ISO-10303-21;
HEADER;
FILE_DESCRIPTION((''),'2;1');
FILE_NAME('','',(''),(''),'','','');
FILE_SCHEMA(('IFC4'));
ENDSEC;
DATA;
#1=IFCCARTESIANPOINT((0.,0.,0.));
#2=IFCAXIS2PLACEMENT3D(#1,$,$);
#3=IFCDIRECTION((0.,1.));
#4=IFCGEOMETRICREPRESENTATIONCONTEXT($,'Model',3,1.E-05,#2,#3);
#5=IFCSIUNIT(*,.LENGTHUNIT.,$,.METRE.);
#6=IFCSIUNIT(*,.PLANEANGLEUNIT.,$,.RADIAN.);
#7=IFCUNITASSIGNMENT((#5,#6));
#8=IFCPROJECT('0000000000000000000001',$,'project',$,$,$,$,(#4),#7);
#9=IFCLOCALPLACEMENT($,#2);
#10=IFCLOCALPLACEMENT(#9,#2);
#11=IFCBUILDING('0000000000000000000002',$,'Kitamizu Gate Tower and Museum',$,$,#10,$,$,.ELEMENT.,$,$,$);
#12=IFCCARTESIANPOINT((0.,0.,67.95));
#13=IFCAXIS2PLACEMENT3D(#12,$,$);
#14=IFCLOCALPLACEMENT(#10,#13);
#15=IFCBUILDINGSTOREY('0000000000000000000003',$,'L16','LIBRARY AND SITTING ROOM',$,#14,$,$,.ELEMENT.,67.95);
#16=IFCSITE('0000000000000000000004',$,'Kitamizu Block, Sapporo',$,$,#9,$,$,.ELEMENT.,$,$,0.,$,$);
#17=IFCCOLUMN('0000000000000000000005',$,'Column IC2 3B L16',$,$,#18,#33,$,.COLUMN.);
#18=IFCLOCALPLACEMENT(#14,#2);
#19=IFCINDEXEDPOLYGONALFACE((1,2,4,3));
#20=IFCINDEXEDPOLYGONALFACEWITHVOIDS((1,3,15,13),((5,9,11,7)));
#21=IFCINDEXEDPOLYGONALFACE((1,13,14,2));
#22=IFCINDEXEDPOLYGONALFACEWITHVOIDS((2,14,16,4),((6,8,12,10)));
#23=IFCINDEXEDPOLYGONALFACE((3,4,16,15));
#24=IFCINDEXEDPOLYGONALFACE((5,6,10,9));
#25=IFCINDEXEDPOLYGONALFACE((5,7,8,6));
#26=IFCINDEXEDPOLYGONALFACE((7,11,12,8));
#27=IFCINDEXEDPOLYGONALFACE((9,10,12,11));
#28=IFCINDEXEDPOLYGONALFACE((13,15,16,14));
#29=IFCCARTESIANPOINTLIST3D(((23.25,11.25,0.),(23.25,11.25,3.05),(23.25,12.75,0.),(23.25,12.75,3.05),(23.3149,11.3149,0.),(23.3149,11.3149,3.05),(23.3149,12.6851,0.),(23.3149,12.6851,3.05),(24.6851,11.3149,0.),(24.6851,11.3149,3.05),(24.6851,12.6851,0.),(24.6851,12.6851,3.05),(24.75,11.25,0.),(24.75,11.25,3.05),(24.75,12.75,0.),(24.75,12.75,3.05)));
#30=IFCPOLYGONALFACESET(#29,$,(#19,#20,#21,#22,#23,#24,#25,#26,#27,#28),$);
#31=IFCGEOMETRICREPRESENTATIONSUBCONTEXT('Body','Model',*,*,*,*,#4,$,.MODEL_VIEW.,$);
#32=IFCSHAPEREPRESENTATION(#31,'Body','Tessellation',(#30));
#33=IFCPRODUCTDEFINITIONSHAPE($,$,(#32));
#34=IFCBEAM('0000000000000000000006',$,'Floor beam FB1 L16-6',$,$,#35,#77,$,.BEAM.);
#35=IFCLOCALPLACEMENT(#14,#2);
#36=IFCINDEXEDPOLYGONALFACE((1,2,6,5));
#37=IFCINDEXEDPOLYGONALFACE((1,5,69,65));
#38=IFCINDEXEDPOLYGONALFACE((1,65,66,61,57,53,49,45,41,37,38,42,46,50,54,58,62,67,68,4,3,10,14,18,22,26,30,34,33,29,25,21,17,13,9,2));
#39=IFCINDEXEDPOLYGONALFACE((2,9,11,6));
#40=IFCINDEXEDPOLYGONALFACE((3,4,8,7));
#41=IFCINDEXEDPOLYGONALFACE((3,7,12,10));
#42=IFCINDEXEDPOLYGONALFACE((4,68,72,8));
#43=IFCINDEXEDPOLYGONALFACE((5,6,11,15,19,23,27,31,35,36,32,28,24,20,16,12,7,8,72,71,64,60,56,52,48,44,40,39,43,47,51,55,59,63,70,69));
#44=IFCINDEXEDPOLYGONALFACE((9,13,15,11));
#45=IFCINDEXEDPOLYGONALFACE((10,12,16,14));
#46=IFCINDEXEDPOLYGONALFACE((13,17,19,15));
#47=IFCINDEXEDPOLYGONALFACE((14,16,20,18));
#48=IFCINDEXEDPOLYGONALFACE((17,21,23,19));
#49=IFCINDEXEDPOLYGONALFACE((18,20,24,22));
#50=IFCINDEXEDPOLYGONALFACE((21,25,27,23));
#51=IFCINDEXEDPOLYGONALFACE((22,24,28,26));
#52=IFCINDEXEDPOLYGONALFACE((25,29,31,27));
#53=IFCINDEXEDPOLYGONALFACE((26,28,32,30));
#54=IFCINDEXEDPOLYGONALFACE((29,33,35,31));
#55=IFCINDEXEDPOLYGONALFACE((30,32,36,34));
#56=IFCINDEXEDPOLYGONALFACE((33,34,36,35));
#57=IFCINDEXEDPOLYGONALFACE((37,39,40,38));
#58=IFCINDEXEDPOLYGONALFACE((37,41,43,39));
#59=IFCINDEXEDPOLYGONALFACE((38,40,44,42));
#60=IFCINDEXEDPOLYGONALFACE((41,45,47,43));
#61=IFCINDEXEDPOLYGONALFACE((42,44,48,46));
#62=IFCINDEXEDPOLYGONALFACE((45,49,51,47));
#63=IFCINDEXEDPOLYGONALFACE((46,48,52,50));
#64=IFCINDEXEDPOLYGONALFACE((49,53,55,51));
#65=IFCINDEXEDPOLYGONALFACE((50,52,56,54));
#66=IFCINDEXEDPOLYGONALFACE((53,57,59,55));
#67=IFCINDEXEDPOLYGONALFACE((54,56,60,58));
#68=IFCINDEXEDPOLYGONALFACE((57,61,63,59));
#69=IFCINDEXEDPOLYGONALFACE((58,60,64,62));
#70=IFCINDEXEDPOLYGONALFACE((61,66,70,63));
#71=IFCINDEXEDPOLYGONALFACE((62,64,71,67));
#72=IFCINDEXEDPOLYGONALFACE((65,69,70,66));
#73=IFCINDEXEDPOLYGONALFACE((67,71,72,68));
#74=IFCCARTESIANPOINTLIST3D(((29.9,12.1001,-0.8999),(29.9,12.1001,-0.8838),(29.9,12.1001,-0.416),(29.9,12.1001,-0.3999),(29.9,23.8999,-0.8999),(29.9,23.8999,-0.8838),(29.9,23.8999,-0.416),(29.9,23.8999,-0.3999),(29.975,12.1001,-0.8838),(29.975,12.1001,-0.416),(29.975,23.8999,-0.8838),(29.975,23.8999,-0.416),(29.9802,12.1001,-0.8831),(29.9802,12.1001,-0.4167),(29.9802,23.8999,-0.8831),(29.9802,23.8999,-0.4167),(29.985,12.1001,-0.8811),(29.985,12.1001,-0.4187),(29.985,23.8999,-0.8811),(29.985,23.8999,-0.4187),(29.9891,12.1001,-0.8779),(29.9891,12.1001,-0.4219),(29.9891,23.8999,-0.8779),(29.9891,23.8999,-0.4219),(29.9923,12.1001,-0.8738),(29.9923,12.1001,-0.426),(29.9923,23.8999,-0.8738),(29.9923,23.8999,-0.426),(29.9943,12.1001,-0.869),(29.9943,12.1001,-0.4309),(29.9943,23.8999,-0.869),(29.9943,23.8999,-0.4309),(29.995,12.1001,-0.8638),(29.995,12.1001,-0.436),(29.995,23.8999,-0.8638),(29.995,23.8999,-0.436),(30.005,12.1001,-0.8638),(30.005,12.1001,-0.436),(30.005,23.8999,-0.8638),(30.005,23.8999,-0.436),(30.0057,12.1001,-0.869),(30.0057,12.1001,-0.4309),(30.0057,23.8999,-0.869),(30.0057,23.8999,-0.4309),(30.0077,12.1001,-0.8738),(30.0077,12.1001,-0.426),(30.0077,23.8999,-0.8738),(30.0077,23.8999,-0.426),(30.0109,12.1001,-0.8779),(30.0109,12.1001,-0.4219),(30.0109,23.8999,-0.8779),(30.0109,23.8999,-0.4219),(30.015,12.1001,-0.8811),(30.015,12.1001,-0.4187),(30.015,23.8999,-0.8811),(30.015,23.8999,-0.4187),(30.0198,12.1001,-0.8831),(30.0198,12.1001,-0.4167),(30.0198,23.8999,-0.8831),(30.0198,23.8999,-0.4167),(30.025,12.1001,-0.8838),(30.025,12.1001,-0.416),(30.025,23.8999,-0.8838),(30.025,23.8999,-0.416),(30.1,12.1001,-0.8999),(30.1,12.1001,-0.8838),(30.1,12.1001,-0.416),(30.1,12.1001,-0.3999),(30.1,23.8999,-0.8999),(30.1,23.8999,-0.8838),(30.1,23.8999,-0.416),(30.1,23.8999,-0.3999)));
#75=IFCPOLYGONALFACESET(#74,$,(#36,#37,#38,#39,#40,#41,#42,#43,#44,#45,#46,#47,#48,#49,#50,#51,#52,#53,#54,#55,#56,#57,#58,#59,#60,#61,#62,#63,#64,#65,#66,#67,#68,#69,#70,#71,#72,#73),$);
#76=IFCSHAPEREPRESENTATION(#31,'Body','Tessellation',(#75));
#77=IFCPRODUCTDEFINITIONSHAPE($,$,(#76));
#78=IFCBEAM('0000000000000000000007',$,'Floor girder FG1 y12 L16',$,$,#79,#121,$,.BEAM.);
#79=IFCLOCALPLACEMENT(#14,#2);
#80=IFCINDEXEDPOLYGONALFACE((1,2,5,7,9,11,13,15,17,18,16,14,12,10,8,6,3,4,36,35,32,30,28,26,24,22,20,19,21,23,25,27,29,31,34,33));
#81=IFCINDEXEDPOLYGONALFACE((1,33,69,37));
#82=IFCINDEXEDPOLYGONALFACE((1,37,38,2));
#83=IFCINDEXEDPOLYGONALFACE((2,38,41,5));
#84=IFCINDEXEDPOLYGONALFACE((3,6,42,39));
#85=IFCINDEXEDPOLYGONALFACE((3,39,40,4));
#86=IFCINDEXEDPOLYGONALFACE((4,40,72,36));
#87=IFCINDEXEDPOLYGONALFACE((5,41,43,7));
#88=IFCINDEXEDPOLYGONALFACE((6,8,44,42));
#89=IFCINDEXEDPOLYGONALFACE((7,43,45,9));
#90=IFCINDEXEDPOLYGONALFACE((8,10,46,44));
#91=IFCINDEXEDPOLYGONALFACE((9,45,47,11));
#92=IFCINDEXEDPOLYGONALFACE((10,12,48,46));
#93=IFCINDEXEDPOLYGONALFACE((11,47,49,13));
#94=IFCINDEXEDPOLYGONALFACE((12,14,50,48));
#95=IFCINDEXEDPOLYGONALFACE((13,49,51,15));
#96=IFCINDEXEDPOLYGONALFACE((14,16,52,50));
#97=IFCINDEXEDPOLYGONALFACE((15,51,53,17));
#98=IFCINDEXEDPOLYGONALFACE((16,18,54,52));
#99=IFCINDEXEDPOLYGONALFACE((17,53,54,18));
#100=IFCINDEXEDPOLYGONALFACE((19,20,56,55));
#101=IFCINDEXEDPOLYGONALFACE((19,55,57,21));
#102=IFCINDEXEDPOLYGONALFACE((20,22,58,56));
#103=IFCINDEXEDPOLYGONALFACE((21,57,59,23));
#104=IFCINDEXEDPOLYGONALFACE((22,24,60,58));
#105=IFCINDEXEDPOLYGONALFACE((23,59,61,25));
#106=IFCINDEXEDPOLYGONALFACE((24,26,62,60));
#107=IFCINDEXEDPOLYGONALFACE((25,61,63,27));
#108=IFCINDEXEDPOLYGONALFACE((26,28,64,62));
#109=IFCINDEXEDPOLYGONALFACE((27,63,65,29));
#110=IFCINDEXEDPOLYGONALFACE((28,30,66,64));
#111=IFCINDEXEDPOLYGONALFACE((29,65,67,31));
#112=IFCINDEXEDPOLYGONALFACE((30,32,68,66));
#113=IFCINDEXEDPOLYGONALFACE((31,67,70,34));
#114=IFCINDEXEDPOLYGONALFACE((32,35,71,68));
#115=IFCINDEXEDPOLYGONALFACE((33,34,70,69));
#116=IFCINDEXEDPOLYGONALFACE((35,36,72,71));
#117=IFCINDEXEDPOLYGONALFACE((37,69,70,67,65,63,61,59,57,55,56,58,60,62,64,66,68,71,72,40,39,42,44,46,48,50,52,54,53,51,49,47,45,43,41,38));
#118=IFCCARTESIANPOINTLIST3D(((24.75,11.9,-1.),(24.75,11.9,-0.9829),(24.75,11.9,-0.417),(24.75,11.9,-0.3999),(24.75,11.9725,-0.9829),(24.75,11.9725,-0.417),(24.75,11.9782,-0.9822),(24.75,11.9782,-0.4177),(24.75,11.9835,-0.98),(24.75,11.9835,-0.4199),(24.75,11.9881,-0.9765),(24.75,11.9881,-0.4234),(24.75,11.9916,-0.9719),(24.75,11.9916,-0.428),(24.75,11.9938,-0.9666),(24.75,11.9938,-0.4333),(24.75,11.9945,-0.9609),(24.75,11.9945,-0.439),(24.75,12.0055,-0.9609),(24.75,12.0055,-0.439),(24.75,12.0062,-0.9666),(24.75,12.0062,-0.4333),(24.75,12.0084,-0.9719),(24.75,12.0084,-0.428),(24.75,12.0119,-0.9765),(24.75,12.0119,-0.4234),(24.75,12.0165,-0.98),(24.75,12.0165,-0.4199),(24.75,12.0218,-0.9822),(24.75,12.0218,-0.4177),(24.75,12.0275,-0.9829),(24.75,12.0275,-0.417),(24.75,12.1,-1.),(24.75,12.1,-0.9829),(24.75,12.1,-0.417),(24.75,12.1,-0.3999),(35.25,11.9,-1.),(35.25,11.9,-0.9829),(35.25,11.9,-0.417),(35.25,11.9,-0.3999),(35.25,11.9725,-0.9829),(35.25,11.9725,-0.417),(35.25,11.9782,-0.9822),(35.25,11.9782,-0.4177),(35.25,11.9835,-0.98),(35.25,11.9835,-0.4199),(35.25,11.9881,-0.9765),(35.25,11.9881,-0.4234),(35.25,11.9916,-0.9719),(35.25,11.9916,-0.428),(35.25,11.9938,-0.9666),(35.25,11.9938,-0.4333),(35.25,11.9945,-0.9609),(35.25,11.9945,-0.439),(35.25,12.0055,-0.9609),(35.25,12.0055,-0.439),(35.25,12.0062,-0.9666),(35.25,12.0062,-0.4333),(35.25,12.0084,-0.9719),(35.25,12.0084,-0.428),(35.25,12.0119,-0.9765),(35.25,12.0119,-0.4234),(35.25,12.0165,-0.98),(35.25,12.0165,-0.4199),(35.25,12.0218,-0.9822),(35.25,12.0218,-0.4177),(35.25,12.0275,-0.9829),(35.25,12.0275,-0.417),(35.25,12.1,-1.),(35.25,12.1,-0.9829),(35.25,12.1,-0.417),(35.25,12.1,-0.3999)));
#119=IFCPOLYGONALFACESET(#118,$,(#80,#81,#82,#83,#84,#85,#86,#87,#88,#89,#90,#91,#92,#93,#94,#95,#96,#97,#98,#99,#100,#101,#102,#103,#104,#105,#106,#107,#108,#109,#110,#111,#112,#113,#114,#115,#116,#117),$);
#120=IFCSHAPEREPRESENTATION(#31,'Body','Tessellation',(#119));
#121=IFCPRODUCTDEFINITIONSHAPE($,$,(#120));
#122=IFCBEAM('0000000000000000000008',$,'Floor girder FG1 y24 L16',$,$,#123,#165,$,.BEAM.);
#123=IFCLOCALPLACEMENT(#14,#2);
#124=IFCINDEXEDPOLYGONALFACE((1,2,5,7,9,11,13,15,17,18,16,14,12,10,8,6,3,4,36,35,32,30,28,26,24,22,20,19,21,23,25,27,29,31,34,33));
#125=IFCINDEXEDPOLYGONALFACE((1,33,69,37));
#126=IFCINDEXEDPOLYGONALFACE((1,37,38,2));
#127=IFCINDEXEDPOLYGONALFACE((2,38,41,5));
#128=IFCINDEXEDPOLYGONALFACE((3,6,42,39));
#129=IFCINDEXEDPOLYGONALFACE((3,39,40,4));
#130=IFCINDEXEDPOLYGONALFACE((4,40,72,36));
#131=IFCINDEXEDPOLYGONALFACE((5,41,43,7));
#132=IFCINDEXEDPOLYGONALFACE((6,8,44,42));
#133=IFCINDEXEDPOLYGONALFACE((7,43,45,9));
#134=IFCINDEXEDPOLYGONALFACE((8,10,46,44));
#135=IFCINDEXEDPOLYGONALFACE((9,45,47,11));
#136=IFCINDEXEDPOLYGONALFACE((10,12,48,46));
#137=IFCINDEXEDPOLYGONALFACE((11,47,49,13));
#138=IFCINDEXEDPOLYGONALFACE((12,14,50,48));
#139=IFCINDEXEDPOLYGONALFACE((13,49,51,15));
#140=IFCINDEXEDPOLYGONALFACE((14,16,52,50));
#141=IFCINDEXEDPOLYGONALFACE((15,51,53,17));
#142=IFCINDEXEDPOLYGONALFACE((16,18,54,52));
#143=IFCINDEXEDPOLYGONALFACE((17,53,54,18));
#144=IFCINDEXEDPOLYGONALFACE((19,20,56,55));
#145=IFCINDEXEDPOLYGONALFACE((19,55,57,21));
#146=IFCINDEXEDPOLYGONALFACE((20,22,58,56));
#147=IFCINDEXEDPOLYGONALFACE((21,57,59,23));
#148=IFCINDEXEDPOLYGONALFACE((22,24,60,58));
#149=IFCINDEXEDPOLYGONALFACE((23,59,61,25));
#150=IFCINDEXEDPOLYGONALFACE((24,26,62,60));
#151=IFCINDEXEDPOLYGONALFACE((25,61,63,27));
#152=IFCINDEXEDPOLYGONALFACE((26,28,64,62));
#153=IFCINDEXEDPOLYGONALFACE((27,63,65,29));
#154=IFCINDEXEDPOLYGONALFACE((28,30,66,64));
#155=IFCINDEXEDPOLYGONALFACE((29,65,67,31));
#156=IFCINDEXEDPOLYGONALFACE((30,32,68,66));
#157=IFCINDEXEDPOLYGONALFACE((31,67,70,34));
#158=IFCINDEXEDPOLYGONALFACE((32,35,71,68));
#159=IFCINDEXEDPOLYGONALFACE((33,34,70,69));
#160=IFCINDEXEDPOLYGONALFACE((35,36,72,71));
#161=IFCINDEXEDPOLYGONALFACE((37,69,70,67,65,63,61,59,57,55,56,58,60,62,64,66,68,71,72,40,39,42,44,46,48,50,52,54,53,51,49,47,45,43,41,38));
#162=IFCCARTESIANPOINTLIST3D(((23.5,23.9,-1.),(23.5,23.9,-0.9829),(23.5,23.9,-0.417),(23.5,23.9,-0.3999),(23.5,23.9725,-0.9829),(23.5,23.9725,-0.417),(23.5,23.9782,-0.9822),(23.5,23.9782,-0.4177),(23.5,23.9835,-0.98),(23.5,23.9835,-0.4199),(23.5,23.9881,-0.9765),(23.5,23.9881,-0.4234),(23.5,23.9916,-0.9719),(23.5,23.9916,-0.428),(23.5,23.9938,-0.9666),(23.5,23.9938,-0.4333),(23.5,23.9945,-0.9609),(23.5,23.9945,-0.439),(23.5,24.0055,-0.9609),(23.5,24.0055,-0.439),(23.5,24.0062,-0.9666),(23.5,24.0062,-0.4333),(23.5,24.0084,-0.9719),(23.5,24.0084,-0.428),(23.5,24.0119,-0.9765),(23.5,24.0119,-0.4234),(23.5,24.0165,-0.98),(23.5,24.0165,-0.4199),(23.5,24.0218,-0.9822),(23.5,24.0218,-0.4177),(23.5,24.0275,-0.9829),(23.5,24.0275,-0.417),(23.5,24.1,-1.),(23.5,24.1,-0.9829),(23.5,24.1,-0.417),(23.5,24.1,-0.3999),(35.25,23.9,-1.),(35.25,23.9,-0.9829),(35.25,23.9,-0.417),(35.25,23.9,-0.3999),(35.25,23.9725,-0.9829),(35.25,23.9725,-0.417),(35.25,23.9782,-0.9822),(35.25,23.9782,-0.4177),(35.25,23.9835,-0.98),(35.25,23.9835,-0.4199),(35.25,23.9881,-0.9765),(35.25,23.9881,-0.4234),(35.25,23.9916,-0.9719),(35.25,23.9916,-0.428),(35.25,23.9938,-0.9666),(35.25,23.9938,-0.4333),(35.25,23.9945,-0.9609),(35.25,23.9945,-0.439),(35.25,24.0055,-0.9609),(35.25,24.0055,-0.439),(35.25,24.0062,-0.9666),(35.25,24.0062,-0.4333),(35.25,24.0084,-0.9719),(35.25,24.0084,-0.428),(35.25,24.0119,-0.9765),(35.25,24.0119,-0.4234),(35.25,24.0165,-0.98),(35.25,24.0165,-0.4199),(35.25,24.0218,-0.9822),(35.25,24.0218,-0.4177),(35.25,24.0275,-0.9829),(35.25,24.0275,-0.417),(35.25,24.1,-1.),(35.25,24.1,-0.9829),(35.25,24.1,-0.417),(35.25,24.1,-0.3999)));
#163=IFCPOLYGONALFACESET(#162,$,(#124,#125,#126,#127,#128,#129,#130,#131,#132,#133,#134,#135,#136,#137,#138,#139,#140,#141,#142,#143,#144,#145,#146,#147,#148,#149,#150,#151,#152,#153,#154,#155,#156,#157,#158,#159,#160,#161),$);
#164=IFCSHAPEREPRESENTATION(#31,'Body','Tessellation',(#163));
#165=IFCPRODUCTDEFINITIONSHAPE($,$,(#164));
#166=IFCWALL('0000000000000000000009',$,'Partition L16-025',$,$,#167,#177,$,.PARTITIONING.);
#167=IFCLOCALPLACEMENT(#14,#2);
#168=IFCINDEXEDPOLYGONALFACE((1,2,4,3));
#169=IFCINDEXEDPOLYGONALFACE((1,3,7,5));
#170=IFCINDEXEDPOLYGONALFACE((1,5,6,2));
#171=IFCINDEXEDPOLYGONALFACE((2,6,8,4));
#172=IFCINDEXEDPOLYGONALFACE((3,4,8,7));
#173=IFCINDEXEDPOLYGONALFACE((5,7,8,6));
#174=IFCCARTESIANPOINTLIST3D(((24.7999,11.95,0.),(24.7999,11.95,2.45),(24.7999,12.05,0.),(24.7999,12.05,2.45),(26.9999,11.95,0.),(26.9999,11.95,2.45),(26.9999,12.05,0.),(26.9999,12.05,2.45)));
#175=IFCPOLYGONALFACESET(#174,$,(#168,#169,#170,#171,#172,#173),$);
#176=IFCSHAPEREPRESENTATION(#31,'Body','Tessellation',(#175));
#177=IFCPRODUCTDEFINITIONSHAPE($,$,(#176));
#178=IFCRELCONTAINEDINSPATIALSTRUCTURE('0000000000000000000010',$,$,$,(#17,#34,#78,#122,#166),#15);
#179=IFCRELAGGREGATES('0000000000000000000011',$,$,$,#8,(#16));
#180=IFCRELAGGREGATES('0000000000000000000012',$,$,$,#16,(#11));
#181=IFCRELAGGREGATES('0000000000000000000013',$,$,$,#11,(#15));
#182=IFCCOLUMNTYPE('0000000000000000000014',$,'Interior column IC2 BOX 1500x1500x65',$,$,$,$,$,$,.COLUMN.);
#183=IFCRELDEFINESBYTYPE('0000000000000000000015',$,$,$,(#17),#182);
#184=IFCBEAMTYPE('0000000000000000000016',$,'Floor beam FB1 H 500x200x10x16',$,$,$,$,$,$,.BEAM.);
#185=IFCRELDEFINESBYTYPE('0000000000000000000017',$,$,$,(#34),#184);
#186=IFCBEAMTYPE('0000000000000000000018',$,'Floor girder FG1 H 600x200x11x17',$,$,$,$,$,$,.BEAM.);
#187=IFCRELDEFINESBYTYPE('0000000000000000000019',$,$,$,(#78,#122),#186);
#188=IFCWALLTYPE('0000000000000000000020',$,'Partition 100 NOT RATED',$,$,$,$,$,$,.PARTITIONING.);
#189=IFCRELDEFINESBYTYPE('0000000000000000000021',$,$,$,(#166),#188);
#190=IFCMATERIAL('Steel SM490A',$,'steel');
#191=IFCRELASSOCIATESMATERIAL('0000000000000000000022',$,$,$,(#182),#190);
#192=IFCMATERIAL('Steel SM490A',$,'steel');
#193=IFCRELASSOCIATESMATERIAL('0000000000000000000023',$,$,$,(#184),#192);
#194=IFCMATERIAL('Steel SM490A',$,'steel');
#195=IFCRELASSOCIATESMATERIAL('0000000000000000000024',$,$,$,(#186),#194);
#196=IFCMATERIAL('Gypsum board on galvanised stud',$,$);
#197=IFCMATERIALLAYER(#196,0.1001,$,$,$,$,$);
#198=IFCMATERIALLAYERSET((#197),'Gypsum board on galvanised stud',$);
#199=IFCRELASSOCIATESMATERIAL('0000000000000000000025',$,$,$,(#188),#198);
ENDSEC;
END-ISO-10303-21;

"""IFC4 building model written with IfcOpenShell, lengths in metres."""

from ifc_helpers import new_model, si_unit, direction, frame, frame_2d, origin, origin_2d, place, context, subcontext, project, spatial, rectangle, hollow_rectangle, i_section, extrude, material, layer, layer_set, material_profile, profile_set, type_object, element, save


model = new_model("IFC4")

# Units and contexts
model_context = context("Model", 3, precision=1e-05, world=origin(), true_north=direction((0.0, 1.0)))
body_context = subcontext(model_context, "Body", "Model", "MODEL_VIEW")
ifc_project = project(units=[si_unit("LENGTHUNIT", "METRE"), si_unit("PLANEANGLEUNIT", "RADIAN")], contexts=[model_context])

# Site, building, storey
site_placement = place(None, origin())
site = spatial("IfcSite", under=ifc_project, at=site_placement, Name="Kitamizu Block, Sapporo", CompositionType="ELEMENT", RefElevation=0.0)
building_placement = place(site_placement, origin())
building = spatial("IfcBuilding", under=site, at=building_placement, Name="Kitamizu Gate Tower and Museum", CompositionType="ELEMENT")
storey_placement = place(building_placement, frame((0.0, 0.0, 67.95)))
storey = spatial("IfcBuildingStorey", under=building, at=storey_placement, Name="L16", Description="LIBRARY AND SITTING ROOM", CompositionType="ELEMENT", Elevation=67.95)

# Column
ifc_material_1 = material(Name="Steel SM490A", Category="steel")
ifc_material_profile_1 = material_profile(ifc_material_1, hollow_rectangle(XDim=1.5, YDim=1.5, WallThickness=0.0649, at=origin_2d()), Name="BOX 1500x1500x65")
ifc_profile_set_1 = profile_set([ifc_material_profile_1], Name="Steel SM490A")
column_type = type_object("IfcColumnType", Name="Interior column IC2 BOX 1500x1500x65", PredefinedType="COLUMN", material=ifc_profile_set_1)
column_placement = place(storey_placement, frame((24.0, 12.0, 0.0), z_axis=(0.0, 0.0, 1.0), x_axis=(1.0, 0.0, 0.0)))
element("IfcColumn", 1, at=column_placement, inside=storey, type_object=column_type, Name="Column IC2 3B L16", PredefinedType="COLUMN", context=body_context, shape_type="SweptSolid", body=[
    extrude(hollow_rectangle(XDim=1.5, YDim=1.5, WallThickness=0.0649, at=origin_2d()), origin(), (0.0, 0.0, 1.0), 3.05),
])

# Beams
ifc_material_2 = material(Name="Steel SM490A", Category="steel")
ifc_material_profile_2 = material_profile(ifc_material_2, i_section(OverallWidth=0.2, OverallDepth=0.5, WebThickness=0.01, FlangeThickness=0.0161, FilletRadius=0.02, at=origin_2d()), Name="H-500x200x10x16")
ifc_profile_set_2 = profile_set([ifc_material_profile_2], Name="Steel SM490A")
beam_type_1 = type_object("IfcBeamType", Name="Floor beam FB1 H 500x200x10x16", PredefinedType="BEAM", material=ifc_profile_set_2)
beam_1_placement = place(storey_placement, frame((30.0, 12.1001, -0.6499), z_axis=(0.0, 1.0, 0.0), x_axis=(-1.0, 0.0, 0.0)))
element("IfcBeam", 2, at=beam_1_placement, inside=storey, type_object=beam_type_1, Name="Floor beam FB1 L16-6", PredefinedType="BEAM", context=body_context, shape_type="SweptSolid", body=[
    extrude(i_section(OverallWidth=0.2, OverallDepth=0.5, WebThickness=0.01, FlangeThickness=0.0161, FilletRadius=0.02, at=origin_2d()), origin(), (0.0, 0.0, 1.0), 11.7998),
])
ifc_material_3 = material(Name="Steel SM490A", Category="steel")
ifc_material_profile_3 = material_profile(ifc_material_3, i_section(OverallWidth=0.2, OverallDepth=0.6001, WebThickness=0.011, FlangeThickness=0.0171, FilletRadius=0.022, at=origin_2d()), Name="H-600x200x11x17")
ifc_profile_set_3 = profile_set([ifc_material_profile_3], Name="Steel SM490A")
beam_type_2 = type_object("IfcBeamType", Name="Floor girder FG1 H 600x200x11x17", PredefinedType="BEAM", material=ifc_profile_set_3)
beam_2_placement = place(storey_placement, frame((24.75, 12.0, -0.7), z_axis=(1.0, 0.0, 0.0), x_axis=(0.0, 1.0, 0.0)))
element("IfcBeam", 3, at=beam_2_placement, inside=storey, type_object=beam_type_2, Name="Floor girder FG1 y12 L16", PredefinedType="BEAM", context=body_context, shape_type="SweptSolid", body=[
    extrude(i_section(OverallWidth=0.2, OverallDepth=0.6001, WebThickness=0.011, FlangeThickness=0.0171, FilletRadius=0.022, at=origin_2d()), origin(), (0.0, 0.0, 1.0), 10.5),
])
beam_3_placement = place(storey_placement, frame((23.5, 24.0, -0.7), z_axis=(1.0, 0.0, 0.0), x_axis=(0.0, 1.0, 0.0)))
element("IfcBeam", 4, at=beam_3_placement, inside=storey, type_object=beam_type_2, Name="Floor girder FG1 y24 L16", PredefinedType="BEAM", context=body_context, shape_type="SweptSolid", body=[
    extrude(i_section(OverallWidth=0.2, OverallDepth=0.6001, WebThickness=0.011, FlangeThickness=0.0171, FilletRadius=0.022, at=origin_2d()), origin(), (0.0, 0.0, 1.0), 11.75),
])

# Wall
ifc_material_4 = material(Name="Gypsum board on galvanised stud")
ifc_layer_1 = layer(ifc_material_4, 0.1001)
ifc_layer_set_1 = layer_set([ifc_layer_1], Name="Gypsum board on galvanised stud")
wall_type_1 = type_object("IfcWallType", Name="Partition 100 NOT RATED", PredefinedType="PARTITIONING", material=ifc_layer_set_1)
wall_1_placement = place(storey_placement, frame((27.0, 12.0, 0.0), z_axis=(0.0, 0.0, 1.0), x_axis=(-1.0, 0.0, 0.0)))
element("IfcWall", 5, at=wall_1_placement, inside=storey, type_object=wall_type_1, Name="Partition L16-025", PredefinedType="PARTITIONING", context=body_context, shape_type="SweptSolid", body=[
    extrude(rectangle(XDim=2.2, YDim=0.1001, at=frame_2d((1.1001, 0.0))), origin(), (0.0, 0.0, 1.0), 2.45),
])

save(model, "model.ifc")
